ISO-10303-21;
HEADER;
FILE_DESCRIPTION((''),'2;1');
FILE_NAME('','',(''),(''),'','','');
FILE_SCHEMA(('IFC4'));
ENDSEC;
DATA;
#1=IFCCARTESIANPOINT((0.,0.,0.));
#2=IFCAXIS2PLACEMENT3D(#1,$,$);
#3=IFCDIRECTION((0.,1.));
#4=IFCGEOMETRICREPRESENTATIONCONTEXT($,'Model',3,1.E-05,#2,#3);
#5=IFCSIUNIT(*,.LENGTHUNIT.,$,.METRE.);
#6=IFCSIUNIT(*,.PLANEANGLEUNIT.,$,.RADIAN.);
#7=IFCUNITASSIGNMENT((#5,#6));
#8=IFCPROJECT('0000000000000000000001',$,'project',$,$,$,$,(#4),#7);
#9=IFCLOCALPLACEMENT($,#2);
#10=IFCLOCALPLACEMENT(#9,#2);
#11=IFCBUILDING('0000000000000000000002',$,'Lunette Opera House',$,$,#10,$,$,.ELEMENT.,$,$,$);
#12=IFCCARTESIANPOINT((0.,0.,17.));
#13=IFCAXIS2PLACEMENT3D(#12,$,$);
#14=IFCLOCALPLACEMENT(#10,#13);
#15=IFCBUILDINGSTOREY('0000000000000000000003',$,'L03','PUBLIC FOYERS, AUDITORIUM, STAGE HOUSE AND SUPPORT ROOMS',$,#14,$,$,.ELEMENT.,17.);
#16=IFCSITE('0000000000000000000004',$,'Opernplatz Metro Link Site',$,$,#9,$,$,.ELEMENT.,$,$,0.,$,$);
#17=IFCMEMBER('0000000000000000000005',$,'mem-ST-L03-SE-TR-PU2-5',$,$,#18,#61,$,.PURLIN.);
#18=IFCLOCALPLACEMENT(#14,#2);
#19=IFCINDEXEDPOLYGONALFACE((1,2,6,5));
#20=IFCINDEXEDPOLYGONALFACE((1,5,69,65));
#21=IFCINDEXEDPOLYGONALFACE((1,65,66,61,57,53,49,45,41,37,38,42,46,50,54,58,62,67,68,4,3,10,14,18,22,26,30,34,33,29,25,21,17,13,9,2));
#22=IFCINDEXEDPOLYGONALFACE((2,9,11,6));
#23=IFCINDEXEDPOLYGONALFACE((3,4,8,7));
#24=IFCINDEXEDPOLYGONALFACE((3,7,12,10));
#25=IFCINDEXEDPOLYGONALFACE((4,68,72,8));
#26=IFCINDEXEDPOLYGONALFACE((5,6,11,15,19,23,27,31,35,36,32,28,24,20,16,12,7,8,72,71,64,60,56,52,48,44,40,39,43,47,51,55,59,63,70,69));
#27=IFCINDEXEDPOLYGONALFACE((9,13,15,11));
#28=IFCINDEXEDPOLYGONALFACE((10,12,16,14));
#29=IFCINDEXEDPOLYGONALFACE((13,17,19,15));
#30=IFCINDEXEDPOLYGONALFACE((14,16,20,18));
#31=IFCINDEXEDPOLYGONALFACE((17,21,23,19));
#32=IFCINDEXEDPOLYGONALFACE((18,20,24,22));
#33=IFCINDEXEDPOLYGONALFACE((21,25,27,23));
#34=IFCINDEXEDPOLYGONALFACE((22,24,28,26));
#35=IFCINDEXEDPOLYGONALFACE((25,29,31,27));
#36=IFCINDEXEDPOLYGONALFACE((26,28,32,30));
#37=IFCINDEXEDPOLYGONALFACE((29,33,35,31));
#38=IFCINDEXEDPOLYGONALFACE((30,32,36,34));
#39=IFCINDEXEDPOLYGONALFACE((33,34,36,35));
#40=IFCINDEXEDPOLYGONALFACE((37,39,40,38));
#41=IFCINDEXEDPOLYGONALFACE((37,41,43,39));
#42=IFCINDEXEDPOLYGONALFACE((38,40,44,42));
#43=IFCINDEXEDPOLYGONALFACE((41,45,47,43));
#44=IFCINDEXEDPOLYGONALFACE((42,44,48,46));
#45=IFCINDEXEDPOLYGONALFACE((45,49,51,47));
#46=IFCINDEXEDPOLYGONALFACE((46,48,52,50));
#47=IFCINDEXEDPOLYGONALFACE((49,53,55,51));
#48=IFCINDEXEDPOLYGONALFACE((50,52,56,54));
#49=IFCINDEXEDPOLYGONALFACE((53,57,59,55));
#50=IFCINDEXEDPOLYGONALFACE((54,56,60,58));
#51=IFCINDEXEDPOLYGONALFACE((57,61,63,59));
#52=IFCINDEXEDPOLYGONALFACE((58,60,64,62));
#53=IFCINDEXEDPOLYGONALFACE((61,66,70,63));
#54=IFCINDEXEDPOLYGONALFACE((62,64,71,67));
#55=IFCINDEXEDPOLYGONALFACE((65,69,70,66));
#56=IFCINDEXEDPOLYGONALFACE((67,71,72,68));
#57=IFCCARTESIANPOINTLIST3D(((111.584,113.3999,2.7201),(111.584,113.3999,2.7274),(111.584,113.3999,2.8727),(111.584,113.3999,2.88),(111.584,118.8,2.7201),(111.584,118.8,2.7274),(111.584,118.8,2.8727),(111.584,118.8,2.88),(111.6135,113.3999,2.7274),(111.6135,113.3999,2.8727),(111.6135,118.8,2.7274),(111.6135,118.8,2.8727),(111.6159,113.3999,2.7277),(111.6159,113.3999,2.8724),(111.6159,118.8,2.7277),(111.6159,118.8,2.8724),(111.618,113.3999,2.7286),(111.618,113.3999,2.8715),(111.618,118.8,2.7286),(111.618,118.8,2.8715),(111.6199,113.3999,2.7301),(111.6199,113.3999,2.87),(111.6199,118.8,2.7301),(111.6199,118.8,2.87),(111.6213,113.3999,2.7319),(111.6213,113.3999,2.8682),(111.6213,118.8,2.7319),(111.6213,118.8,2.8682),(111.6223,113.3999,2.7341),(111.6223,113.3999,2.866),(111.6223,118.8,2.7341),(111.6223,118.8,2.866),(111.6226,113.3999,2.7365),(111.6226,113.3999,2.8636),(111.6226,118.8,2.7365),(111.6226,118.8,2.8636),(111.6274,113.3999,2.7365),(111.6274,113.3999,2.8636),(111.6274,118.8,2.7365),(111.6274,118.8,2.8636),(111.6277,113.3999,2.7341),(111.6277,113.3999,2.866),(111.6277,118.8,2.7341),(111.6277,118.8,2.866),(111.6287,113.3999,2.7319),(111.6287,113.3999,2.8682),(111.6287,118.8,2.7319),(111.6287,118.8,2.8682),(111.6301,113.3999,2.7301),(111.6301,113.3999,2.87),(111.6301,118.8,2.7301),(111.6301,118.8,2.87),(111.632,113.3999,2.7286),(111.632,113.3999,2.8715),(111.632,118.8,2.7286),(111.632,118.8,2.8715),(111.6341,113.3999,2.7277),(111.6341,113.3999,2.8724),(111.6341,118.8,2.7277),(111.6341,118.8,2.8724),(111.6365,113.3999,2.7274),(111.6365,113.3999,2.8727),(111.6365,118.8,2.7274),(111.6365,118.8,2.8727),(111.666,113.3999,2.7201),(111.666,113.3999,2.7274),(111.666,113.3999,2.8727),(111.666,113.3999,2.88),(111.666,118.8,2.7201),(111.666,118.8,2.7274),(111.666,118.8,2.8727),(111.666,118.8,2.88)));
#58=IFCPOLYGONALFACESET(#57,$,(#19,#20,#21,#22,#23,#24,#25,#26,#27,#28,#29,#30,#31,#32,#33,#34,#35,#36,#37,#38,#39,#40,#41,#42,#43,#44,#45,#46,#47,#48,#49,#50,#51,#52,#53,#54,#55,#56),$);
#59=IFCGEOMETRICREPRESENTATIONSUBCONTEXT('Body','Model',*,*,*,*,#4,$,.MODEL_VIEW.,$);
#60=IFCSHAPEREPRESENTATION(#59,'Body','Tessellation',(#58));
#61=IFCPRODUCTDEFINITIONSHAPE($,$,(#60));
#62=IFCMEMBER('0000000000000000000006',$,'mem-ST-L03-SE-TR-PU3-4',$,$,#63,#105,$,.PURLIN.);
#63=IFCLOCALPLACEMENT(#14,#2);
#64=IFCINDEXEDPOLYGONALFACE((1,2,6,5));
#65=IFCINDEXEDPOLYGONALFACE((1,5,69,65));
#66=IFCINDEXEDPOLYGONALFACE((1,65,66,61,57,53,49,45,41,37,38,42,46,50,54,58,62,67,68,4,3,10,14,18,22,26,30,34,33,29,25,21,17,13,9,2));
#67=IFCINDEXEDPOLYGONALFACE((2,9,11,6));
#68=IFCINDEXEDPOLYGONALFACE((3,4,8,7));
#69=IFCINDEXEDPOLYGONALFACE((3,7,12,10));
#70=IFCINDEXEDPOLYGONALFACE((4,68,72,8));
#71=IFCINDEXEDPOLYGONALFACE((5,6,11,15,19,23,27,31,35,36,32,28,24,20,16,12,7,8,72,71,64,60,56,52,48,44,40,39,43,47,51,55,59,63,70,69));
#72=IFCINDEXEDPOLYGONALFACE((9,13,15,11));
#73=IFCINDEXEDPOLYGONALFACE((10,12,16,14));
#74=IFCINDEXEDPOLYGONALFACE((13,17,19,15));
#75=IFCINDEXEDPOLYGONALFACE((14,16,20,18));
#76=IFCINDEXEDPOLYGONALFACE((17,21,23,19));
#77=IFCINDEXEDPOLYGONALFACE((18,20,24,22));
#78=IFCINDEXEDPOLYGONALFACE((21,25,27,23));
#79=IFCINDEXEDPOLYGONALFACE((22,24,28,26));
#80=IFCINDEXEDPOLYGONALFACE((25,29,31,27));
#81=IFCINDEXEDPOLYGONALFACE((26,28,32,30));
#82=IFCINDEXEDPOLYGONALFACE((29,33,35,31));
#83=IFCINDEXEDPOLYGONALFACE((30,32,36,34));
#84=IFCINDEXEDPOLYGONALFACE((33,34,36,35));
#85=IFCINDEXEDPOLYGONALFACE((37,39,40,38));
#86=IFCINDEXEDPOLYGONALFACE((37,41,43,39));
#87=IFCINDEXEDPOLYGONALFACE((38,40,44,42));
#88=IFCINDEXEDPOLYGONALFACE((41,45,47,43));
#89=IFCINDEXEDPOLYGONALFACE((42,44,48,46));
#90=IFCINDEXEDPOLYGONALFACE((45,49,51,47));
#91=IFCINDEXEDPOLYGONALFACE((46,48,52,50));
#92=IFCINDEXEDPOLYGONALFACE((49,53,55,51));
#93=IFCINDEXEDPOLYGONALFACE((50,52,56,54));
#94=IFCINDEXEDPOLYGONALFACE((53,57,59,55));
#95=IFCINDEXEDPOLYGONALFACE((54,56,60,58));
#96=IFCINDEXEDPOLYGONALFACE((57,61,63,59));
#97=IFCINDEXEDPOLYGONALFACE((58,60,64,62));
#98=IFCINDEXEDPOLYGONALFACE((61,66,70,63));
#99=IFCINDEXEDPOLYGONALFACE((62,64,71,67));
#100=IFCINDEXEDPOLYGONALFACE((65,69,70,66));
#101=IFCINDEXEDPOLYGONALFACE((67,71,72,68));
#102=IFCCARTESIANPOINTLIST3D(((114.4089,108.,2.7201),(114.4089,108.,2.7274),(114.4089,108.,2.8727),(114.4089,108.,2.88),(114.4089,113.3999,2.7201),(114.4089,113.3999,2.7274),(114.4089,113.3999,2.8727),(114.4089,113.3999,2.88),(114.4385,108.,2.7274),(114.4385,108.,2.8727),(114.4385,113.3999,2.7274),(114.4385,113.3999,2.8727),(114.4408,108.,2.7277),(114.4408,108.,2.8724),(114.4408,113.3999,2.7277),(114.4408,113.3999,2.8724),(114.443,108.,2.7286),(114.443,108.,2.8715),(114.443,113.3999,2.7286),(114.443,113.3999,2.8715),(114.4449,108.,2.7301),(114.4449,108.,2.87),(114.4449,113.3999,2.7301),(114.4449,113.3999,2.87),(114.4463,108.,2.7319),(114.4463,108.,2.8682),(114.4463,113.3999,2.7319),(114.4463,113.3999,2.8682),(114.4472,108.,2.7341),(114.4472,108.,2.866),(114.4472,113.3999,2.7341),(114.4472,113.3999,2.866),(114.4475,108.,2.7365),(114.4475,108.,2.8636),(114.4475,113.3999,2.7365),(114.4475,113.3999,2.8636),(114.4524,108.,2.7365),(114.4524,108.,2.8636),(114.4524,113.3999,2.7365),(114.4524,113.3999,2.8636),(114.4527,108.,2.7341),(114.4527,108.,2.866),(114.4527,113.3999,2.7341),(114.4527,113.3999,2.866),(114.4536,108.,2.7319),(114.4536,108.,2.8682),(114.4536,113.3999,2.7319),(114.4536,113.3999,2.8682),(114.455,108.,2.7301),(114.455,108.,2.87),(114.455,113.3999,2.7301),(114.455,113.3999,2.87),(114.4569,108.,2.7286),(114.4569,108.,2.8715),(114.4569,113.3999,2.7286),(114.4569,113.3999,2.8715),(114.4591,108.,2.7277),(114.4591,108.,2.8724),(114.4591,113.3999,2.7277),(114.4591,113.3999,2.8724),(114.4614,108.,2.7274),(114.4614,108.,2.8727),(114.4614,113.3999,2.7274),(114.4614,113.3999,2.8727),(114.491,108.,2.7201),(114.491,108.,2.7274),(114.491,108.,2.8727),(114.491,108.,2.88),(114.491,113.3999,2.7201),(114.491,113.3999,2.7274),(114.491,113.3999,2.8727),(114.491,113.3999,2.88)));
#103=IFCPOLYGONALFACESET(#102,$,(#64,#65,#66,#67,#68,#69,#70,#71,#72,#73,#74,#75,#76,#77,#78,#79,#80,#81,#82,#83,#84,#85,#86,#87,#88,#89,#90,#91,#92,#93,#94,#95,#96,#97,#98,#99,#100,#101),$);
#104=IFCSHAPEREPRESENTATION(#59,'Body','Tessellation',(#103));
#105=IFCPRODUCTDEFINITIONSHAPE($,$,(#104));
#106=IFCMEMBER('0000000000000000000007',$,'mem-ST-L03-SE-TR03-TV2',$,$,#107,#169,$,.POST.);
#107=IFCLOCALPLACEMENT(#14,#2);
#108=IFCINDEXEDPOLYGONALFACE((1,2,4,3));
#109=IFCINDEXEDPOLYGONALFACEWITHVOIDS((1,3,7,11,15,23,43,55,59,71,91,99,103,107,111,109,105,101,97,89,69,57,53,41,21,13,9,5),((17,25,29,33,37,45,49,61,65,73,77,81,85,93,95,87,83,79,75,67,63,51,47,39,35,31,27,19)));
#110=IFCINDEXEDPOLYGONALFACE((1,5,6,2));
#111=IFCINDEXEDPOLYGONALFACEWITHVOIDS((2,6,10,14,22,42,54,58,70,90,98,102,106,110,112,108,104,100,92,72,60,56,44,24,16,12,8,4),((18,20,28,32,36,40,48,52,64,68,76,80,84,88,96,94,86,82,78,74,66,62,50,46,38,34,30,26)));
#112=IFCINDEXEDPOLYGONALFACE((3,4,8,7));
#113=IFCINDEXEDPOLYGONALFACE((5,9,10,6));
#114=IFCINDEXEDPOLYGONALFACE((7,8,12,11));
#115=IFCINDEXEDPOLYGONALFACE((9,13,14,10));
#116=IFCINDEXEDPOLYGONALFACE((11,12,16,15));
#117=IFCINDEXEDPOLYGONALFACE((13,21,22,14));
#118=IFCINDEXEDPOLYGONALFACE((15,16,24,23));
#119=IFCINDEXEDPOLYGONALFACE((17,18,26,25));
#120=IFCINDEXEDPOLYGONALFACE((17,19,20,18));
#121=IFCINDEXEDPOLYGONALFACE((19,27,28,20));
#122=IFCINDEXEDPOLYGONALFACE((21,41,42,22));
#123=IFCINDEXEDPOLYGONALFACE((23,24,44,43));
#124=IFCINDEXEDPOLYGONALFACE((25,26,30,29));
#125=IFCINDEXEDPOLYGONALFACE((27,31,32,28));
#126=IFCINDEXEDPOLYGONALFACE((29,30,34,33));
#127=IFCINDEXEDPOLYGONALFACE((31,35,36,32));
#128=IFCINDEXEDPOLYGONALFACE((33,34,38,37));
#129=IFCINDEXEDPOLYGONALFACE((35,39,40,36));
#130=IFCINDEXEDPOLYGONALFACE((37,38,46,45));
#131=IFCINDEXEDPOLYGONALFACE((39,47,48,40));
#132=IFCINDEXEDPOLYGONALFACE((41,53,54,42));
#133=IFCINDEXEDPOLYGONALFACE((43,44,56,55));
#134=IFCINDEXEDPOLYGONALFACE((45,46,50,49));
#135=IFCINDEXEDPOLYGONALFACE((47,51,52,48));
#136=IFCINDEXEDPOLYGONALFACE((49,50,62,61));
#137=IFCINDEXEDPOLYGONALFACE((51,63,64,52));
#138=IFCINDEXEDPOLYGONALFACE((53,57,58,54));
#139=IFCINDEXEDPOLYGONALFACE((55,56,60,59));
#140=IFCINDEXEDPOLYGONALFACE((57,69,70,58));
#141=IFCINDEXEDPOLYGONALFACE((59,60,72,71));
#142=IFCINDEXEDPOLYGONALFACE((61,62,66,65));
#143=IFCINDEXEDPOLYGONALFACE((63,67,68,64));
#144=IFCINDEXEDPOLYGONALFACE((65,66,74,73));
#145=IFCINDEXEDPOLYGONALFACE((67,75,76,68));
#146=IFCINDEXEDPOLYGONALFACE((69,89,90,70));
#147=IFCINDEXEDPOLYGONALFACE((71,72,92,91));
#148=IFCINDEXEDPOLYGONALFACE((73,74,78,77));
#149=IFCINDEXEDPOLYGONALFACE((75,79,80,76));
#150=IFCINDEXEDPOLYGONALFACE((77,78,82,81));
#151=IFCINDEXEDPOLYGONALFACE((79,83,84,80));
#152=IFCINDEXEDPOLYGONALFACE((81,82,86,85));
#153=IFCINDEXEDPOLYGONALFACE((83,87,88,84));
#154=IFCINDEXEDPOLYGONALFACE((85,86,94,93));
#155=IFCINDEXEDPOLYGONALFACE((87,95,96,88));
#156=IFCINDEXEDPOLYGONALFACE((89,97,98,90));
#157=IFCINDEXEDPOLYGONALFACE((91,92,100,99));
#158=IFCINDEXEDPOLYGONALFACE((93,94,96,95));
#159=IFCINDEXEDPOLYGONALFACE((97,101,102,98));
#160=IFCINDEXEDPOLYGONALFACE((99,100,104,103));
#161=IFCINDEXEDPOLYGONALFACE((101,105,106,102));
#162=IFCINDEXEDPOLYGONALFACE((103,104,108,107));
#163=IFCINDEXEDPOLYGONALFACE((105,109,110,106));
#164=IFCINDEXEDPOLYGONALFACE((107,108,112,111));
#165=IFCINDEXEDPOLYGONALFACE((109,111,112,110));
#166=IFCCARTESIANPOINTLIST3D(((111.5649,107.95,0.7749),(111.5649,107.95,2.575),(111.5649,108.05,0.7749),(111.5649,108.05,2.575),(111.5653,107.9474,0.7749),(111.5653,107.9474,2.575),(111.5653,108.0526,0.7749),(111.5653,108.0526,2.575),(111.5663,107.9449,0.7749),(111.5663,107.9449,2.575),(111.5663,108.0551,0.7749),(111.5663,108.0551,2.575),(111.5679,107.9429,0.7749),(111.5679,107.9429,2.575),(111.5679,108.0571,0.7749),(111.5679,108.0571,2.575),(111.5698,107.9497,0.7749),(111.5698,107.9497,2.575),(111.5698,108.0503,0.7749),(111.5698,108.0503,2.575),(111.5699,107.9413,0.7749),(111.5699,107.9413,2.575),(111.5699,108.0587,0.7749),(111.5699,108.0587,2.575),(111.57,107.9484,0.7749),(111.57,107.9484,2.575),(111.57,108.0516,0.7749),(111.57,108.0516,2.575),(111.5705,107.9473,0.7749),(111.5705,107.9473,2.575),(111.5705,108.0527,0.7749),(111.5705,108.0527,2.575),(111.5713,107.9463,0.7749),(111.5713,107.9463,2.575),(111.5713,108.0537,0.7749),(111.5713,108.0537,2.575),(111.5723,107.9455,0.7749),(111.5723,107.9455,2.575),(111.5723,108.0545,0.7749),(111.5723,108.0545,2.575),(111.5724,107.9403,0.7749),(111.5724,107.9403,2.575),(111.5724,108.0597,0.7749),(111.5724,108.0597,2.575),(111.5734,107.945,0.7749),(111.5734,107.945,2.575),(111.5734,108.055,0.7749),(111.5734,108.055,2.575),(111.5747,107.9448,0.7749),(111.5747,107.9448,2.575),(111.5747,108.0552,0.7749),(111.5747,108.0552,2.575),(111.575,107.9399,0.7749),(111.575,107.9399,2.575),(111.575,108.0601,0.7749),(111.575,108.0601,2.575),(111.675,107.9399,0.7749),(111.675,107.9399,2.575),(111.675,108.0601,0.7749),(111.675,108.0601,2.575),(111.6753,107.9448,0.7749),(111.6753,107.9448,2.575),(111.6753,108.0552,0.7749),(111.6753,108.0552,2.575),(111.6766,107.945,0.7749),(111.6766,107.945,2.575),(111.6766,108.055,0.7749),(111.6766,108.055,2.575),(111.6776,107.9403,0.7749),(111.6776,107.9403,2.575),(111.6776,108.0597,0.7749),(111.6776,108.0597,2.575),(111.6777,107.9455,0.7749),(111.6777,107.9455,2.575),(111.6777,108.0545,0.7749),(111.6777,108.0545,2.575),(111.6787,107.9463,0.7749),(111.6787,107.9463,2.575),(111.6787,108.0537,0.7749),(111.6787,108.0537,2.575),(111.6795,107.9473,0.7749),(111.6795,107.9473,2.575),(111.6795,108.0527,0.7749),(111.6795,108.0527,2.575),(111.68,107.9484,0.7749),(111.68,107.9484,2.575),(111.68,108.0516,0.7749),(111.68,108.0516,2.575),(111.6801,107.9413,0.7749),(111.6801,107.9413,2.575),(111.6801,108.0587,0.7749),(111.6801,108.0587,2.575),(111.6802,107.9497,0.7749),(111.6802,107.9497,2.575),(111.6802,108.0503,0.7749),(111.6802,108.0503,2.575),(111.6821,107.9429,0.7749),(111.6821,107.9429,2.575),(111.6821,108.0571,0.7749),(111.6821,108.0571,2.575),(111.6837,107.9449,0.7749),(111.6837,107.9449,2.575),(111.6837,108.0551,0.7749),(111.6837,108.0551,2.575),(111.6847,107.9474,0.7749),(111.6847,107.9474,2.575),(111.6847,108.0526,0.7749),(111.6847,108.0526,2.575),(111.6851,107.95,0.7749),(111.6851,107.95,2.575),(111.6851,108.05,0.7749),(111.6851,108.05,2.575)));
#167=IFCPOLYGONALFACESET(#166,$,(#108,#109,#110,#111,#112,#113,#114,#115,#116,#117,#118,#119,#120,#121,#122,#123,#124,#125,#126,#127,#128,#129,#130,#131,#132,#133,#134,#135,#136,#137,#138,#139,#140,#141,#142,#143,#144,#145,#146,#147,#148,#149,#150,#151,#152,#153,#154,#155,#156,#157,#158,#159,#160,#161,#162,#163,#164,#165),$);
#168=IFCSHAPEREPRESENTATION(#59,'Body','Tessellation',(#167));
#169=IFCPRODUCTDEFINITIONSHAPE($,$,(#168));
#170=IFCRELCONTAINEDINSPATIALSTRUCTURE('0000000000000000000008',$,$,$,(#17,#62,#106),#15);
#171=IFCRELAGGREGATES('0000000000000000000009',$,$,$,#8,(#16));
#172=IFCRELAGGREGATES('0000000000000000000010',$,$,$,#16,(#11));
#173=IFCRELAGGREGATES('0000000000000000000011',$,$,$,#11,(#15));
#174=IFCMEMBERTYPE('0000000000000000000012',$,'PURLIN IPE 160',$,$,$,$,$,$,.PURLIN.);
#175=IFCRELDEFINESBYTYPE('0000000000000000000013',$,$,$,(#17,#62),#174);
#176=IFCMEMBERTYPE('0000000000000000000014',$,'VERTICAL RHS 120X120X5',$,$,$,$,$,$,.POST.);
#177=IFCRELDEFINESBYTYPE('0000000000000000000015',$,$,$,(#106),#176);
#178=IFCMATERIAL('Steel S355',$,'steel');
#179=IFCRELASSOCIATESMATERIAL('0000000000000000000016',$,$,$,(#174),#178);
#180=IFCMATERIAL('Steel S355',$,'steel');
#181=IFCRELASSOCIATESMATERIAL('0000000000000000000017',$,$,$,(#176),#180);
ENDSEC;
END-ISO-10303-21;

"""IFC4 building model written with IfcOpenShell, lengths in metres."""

from ifc_helpers import new_model, si_unit, direction, frame, origin, origin_2d, place, context, subcontext, project, spatial, hollow_rectangle, i_section, extrude, material, material_profile, profile_set, type_object, element, save


model = new_model("IFC4")

# Units and contexts
model_context = context("Model", 3, precision=1e-05, world=origin(), true_north=direction((0.0, 1.0)))
body_context = subcontext(model_context, "Body", "Model", "MODEL_VIEW")
ifc_project = project(units=[si_unit("LENGTHUNIT", "METRE"), si_unit("PLANEANGLEUNIT", "RADIAN")], contexts=[model_context])

# Site, building, storey
site_placement = place(None, origin())
site = spatial("IfcSite", under=ifc_project, at=site_placement, Name="Opernplatz Metro Link Site", CompositionType="ELEMENT", RefElevation=0.0)
building_placement = place(site_placement, origin())
building = spatial("IfcBuilding", under=site, at=building_placement, Name="Lunette Opera House", CompositionType="ELEMENT")
storey_placement = place(building_placement, frame((0.0, 0.0, 17.0)))
storey = spatial("IfcBuildingStorey", under=building, at=storey_placement, Name="L03", Description="PUBLIC FOYERS, AUDITORIUM, STAGE HOUSE AND SUPPORT ROOMS", CompositionType="ELEMENT", Elevation=17.0)

# Members
ifc_material_1 = material(Name="Steel S355", Category="steel")
ifc_material_profile_1 = material_profile(ifc_material_1, i_section(OverallWidth=0.082, OverallDepth=0.1599, WebThickness=0.0049, FlangeThickness=0.0073, FilletRadius=0.009, at=origin_2d()), Name="IPE 160")
ifc_profile_set_1 = profile_set([ifc_material_profile_1], Name="Steel S355")
member_type_1 = type_object("IfcMemberType", Name="PURLIN IPE 160", PredefinedType="PURLIN", material=ifc_profile_set_1)
member_1_placement = place(storey_placement, frame((111.625, 113.3999, 2.8), z_axis=(0.0, 1.0, 0.0), x_axis=(-1.0, 0.0, 0.0)))
element("IfcMember", 1, at=member_1_placement, inside=storey, type_object=member_type_1, Name="mem-ST-L03-SE-TR-PU2-5", PredefinedType="PURLIN", context=body_context, shape_type="SweptSolid", body=[
    extrude(i_section(OverallWidth=0.082, OverallDepth=0.1599, WebThickness=0.0049, FlangeThickness=0.0073, FilletRadius=0.009, at=origin_2d()), origin(), (0.0, 0.0, 1.0), 5.4001),
])
member_2_placement = place(storey_placement, frame((114.45, 108.0, 2.8), z_axis=(0.0, 1.0, 0.0), x_axis=(-1.0, 0.0, 0.0)))
element("IfcMember", 2, at=member_2_placement, inside=storey, type_object=member_type_1, Name="mem-ST-L03-SE-TR-PU3-4", PredefinedType="PURLIN", context=body_context, shape_type="SweptSolid", body=[
    extrude(i_section(OverallWidth=0.082, OverallDepth=0.1599, WebThickness=0.0049, FlangeThickness=0.0073, FilletRadius=0.009, at=origin_2d()), origin(), (0.0, 0.0, 1.0), 5.3999),
])
ifc_material_2 = material(Name="Steel S355", Category="steel")
ifc_material_profile_2 = material_profile(ifc_material_2, hollow_rectangle(XDim=0.1201, YDim=0.1201, WallThickness=0.0049, InnerFilletRadius=0.0049, OuterFilletRadius=0.01, at=origin_2d()), Name="RHS 120X120X5")
ifc_profile_set_2 = profile_set([ifc_material_profile_2], Name="Steel S355")
member_type_2 = type_object("IfcMemberType", Name="VERTICAL RHS 120X120X5", PredefinedType="POST", material=ifc_profile_set_2)
for number, where, z_axis, x_axis, name in (
    (3, (111.625, 108.0, 0.7749), (0.0, 0.0, 1.0), (1.0, 0.0, 0.0), "mem-ST-L03-SE-TR03-TV2"),
):
    element("IfcMember", number, at=place(storey_placement, frame(where, z_axis=z_axis, x_axis=x_axis)), inside=storey, type_object=member_type_2, Name=name, PredefinedType="POST", context=body_context, shape_type="SweptSolid", body=[
        extrude(hollow_rectangle(XDim=0.1201, YDim=0.1201, WallThickness=0.0049, InnerFilletRadius=0.0049, OuterFilletRadius=0.01, at=origin_2d()), origin(), (0.0, 0.0, 1.0), 1.8),
    ])

save(model, "model.ifc")
